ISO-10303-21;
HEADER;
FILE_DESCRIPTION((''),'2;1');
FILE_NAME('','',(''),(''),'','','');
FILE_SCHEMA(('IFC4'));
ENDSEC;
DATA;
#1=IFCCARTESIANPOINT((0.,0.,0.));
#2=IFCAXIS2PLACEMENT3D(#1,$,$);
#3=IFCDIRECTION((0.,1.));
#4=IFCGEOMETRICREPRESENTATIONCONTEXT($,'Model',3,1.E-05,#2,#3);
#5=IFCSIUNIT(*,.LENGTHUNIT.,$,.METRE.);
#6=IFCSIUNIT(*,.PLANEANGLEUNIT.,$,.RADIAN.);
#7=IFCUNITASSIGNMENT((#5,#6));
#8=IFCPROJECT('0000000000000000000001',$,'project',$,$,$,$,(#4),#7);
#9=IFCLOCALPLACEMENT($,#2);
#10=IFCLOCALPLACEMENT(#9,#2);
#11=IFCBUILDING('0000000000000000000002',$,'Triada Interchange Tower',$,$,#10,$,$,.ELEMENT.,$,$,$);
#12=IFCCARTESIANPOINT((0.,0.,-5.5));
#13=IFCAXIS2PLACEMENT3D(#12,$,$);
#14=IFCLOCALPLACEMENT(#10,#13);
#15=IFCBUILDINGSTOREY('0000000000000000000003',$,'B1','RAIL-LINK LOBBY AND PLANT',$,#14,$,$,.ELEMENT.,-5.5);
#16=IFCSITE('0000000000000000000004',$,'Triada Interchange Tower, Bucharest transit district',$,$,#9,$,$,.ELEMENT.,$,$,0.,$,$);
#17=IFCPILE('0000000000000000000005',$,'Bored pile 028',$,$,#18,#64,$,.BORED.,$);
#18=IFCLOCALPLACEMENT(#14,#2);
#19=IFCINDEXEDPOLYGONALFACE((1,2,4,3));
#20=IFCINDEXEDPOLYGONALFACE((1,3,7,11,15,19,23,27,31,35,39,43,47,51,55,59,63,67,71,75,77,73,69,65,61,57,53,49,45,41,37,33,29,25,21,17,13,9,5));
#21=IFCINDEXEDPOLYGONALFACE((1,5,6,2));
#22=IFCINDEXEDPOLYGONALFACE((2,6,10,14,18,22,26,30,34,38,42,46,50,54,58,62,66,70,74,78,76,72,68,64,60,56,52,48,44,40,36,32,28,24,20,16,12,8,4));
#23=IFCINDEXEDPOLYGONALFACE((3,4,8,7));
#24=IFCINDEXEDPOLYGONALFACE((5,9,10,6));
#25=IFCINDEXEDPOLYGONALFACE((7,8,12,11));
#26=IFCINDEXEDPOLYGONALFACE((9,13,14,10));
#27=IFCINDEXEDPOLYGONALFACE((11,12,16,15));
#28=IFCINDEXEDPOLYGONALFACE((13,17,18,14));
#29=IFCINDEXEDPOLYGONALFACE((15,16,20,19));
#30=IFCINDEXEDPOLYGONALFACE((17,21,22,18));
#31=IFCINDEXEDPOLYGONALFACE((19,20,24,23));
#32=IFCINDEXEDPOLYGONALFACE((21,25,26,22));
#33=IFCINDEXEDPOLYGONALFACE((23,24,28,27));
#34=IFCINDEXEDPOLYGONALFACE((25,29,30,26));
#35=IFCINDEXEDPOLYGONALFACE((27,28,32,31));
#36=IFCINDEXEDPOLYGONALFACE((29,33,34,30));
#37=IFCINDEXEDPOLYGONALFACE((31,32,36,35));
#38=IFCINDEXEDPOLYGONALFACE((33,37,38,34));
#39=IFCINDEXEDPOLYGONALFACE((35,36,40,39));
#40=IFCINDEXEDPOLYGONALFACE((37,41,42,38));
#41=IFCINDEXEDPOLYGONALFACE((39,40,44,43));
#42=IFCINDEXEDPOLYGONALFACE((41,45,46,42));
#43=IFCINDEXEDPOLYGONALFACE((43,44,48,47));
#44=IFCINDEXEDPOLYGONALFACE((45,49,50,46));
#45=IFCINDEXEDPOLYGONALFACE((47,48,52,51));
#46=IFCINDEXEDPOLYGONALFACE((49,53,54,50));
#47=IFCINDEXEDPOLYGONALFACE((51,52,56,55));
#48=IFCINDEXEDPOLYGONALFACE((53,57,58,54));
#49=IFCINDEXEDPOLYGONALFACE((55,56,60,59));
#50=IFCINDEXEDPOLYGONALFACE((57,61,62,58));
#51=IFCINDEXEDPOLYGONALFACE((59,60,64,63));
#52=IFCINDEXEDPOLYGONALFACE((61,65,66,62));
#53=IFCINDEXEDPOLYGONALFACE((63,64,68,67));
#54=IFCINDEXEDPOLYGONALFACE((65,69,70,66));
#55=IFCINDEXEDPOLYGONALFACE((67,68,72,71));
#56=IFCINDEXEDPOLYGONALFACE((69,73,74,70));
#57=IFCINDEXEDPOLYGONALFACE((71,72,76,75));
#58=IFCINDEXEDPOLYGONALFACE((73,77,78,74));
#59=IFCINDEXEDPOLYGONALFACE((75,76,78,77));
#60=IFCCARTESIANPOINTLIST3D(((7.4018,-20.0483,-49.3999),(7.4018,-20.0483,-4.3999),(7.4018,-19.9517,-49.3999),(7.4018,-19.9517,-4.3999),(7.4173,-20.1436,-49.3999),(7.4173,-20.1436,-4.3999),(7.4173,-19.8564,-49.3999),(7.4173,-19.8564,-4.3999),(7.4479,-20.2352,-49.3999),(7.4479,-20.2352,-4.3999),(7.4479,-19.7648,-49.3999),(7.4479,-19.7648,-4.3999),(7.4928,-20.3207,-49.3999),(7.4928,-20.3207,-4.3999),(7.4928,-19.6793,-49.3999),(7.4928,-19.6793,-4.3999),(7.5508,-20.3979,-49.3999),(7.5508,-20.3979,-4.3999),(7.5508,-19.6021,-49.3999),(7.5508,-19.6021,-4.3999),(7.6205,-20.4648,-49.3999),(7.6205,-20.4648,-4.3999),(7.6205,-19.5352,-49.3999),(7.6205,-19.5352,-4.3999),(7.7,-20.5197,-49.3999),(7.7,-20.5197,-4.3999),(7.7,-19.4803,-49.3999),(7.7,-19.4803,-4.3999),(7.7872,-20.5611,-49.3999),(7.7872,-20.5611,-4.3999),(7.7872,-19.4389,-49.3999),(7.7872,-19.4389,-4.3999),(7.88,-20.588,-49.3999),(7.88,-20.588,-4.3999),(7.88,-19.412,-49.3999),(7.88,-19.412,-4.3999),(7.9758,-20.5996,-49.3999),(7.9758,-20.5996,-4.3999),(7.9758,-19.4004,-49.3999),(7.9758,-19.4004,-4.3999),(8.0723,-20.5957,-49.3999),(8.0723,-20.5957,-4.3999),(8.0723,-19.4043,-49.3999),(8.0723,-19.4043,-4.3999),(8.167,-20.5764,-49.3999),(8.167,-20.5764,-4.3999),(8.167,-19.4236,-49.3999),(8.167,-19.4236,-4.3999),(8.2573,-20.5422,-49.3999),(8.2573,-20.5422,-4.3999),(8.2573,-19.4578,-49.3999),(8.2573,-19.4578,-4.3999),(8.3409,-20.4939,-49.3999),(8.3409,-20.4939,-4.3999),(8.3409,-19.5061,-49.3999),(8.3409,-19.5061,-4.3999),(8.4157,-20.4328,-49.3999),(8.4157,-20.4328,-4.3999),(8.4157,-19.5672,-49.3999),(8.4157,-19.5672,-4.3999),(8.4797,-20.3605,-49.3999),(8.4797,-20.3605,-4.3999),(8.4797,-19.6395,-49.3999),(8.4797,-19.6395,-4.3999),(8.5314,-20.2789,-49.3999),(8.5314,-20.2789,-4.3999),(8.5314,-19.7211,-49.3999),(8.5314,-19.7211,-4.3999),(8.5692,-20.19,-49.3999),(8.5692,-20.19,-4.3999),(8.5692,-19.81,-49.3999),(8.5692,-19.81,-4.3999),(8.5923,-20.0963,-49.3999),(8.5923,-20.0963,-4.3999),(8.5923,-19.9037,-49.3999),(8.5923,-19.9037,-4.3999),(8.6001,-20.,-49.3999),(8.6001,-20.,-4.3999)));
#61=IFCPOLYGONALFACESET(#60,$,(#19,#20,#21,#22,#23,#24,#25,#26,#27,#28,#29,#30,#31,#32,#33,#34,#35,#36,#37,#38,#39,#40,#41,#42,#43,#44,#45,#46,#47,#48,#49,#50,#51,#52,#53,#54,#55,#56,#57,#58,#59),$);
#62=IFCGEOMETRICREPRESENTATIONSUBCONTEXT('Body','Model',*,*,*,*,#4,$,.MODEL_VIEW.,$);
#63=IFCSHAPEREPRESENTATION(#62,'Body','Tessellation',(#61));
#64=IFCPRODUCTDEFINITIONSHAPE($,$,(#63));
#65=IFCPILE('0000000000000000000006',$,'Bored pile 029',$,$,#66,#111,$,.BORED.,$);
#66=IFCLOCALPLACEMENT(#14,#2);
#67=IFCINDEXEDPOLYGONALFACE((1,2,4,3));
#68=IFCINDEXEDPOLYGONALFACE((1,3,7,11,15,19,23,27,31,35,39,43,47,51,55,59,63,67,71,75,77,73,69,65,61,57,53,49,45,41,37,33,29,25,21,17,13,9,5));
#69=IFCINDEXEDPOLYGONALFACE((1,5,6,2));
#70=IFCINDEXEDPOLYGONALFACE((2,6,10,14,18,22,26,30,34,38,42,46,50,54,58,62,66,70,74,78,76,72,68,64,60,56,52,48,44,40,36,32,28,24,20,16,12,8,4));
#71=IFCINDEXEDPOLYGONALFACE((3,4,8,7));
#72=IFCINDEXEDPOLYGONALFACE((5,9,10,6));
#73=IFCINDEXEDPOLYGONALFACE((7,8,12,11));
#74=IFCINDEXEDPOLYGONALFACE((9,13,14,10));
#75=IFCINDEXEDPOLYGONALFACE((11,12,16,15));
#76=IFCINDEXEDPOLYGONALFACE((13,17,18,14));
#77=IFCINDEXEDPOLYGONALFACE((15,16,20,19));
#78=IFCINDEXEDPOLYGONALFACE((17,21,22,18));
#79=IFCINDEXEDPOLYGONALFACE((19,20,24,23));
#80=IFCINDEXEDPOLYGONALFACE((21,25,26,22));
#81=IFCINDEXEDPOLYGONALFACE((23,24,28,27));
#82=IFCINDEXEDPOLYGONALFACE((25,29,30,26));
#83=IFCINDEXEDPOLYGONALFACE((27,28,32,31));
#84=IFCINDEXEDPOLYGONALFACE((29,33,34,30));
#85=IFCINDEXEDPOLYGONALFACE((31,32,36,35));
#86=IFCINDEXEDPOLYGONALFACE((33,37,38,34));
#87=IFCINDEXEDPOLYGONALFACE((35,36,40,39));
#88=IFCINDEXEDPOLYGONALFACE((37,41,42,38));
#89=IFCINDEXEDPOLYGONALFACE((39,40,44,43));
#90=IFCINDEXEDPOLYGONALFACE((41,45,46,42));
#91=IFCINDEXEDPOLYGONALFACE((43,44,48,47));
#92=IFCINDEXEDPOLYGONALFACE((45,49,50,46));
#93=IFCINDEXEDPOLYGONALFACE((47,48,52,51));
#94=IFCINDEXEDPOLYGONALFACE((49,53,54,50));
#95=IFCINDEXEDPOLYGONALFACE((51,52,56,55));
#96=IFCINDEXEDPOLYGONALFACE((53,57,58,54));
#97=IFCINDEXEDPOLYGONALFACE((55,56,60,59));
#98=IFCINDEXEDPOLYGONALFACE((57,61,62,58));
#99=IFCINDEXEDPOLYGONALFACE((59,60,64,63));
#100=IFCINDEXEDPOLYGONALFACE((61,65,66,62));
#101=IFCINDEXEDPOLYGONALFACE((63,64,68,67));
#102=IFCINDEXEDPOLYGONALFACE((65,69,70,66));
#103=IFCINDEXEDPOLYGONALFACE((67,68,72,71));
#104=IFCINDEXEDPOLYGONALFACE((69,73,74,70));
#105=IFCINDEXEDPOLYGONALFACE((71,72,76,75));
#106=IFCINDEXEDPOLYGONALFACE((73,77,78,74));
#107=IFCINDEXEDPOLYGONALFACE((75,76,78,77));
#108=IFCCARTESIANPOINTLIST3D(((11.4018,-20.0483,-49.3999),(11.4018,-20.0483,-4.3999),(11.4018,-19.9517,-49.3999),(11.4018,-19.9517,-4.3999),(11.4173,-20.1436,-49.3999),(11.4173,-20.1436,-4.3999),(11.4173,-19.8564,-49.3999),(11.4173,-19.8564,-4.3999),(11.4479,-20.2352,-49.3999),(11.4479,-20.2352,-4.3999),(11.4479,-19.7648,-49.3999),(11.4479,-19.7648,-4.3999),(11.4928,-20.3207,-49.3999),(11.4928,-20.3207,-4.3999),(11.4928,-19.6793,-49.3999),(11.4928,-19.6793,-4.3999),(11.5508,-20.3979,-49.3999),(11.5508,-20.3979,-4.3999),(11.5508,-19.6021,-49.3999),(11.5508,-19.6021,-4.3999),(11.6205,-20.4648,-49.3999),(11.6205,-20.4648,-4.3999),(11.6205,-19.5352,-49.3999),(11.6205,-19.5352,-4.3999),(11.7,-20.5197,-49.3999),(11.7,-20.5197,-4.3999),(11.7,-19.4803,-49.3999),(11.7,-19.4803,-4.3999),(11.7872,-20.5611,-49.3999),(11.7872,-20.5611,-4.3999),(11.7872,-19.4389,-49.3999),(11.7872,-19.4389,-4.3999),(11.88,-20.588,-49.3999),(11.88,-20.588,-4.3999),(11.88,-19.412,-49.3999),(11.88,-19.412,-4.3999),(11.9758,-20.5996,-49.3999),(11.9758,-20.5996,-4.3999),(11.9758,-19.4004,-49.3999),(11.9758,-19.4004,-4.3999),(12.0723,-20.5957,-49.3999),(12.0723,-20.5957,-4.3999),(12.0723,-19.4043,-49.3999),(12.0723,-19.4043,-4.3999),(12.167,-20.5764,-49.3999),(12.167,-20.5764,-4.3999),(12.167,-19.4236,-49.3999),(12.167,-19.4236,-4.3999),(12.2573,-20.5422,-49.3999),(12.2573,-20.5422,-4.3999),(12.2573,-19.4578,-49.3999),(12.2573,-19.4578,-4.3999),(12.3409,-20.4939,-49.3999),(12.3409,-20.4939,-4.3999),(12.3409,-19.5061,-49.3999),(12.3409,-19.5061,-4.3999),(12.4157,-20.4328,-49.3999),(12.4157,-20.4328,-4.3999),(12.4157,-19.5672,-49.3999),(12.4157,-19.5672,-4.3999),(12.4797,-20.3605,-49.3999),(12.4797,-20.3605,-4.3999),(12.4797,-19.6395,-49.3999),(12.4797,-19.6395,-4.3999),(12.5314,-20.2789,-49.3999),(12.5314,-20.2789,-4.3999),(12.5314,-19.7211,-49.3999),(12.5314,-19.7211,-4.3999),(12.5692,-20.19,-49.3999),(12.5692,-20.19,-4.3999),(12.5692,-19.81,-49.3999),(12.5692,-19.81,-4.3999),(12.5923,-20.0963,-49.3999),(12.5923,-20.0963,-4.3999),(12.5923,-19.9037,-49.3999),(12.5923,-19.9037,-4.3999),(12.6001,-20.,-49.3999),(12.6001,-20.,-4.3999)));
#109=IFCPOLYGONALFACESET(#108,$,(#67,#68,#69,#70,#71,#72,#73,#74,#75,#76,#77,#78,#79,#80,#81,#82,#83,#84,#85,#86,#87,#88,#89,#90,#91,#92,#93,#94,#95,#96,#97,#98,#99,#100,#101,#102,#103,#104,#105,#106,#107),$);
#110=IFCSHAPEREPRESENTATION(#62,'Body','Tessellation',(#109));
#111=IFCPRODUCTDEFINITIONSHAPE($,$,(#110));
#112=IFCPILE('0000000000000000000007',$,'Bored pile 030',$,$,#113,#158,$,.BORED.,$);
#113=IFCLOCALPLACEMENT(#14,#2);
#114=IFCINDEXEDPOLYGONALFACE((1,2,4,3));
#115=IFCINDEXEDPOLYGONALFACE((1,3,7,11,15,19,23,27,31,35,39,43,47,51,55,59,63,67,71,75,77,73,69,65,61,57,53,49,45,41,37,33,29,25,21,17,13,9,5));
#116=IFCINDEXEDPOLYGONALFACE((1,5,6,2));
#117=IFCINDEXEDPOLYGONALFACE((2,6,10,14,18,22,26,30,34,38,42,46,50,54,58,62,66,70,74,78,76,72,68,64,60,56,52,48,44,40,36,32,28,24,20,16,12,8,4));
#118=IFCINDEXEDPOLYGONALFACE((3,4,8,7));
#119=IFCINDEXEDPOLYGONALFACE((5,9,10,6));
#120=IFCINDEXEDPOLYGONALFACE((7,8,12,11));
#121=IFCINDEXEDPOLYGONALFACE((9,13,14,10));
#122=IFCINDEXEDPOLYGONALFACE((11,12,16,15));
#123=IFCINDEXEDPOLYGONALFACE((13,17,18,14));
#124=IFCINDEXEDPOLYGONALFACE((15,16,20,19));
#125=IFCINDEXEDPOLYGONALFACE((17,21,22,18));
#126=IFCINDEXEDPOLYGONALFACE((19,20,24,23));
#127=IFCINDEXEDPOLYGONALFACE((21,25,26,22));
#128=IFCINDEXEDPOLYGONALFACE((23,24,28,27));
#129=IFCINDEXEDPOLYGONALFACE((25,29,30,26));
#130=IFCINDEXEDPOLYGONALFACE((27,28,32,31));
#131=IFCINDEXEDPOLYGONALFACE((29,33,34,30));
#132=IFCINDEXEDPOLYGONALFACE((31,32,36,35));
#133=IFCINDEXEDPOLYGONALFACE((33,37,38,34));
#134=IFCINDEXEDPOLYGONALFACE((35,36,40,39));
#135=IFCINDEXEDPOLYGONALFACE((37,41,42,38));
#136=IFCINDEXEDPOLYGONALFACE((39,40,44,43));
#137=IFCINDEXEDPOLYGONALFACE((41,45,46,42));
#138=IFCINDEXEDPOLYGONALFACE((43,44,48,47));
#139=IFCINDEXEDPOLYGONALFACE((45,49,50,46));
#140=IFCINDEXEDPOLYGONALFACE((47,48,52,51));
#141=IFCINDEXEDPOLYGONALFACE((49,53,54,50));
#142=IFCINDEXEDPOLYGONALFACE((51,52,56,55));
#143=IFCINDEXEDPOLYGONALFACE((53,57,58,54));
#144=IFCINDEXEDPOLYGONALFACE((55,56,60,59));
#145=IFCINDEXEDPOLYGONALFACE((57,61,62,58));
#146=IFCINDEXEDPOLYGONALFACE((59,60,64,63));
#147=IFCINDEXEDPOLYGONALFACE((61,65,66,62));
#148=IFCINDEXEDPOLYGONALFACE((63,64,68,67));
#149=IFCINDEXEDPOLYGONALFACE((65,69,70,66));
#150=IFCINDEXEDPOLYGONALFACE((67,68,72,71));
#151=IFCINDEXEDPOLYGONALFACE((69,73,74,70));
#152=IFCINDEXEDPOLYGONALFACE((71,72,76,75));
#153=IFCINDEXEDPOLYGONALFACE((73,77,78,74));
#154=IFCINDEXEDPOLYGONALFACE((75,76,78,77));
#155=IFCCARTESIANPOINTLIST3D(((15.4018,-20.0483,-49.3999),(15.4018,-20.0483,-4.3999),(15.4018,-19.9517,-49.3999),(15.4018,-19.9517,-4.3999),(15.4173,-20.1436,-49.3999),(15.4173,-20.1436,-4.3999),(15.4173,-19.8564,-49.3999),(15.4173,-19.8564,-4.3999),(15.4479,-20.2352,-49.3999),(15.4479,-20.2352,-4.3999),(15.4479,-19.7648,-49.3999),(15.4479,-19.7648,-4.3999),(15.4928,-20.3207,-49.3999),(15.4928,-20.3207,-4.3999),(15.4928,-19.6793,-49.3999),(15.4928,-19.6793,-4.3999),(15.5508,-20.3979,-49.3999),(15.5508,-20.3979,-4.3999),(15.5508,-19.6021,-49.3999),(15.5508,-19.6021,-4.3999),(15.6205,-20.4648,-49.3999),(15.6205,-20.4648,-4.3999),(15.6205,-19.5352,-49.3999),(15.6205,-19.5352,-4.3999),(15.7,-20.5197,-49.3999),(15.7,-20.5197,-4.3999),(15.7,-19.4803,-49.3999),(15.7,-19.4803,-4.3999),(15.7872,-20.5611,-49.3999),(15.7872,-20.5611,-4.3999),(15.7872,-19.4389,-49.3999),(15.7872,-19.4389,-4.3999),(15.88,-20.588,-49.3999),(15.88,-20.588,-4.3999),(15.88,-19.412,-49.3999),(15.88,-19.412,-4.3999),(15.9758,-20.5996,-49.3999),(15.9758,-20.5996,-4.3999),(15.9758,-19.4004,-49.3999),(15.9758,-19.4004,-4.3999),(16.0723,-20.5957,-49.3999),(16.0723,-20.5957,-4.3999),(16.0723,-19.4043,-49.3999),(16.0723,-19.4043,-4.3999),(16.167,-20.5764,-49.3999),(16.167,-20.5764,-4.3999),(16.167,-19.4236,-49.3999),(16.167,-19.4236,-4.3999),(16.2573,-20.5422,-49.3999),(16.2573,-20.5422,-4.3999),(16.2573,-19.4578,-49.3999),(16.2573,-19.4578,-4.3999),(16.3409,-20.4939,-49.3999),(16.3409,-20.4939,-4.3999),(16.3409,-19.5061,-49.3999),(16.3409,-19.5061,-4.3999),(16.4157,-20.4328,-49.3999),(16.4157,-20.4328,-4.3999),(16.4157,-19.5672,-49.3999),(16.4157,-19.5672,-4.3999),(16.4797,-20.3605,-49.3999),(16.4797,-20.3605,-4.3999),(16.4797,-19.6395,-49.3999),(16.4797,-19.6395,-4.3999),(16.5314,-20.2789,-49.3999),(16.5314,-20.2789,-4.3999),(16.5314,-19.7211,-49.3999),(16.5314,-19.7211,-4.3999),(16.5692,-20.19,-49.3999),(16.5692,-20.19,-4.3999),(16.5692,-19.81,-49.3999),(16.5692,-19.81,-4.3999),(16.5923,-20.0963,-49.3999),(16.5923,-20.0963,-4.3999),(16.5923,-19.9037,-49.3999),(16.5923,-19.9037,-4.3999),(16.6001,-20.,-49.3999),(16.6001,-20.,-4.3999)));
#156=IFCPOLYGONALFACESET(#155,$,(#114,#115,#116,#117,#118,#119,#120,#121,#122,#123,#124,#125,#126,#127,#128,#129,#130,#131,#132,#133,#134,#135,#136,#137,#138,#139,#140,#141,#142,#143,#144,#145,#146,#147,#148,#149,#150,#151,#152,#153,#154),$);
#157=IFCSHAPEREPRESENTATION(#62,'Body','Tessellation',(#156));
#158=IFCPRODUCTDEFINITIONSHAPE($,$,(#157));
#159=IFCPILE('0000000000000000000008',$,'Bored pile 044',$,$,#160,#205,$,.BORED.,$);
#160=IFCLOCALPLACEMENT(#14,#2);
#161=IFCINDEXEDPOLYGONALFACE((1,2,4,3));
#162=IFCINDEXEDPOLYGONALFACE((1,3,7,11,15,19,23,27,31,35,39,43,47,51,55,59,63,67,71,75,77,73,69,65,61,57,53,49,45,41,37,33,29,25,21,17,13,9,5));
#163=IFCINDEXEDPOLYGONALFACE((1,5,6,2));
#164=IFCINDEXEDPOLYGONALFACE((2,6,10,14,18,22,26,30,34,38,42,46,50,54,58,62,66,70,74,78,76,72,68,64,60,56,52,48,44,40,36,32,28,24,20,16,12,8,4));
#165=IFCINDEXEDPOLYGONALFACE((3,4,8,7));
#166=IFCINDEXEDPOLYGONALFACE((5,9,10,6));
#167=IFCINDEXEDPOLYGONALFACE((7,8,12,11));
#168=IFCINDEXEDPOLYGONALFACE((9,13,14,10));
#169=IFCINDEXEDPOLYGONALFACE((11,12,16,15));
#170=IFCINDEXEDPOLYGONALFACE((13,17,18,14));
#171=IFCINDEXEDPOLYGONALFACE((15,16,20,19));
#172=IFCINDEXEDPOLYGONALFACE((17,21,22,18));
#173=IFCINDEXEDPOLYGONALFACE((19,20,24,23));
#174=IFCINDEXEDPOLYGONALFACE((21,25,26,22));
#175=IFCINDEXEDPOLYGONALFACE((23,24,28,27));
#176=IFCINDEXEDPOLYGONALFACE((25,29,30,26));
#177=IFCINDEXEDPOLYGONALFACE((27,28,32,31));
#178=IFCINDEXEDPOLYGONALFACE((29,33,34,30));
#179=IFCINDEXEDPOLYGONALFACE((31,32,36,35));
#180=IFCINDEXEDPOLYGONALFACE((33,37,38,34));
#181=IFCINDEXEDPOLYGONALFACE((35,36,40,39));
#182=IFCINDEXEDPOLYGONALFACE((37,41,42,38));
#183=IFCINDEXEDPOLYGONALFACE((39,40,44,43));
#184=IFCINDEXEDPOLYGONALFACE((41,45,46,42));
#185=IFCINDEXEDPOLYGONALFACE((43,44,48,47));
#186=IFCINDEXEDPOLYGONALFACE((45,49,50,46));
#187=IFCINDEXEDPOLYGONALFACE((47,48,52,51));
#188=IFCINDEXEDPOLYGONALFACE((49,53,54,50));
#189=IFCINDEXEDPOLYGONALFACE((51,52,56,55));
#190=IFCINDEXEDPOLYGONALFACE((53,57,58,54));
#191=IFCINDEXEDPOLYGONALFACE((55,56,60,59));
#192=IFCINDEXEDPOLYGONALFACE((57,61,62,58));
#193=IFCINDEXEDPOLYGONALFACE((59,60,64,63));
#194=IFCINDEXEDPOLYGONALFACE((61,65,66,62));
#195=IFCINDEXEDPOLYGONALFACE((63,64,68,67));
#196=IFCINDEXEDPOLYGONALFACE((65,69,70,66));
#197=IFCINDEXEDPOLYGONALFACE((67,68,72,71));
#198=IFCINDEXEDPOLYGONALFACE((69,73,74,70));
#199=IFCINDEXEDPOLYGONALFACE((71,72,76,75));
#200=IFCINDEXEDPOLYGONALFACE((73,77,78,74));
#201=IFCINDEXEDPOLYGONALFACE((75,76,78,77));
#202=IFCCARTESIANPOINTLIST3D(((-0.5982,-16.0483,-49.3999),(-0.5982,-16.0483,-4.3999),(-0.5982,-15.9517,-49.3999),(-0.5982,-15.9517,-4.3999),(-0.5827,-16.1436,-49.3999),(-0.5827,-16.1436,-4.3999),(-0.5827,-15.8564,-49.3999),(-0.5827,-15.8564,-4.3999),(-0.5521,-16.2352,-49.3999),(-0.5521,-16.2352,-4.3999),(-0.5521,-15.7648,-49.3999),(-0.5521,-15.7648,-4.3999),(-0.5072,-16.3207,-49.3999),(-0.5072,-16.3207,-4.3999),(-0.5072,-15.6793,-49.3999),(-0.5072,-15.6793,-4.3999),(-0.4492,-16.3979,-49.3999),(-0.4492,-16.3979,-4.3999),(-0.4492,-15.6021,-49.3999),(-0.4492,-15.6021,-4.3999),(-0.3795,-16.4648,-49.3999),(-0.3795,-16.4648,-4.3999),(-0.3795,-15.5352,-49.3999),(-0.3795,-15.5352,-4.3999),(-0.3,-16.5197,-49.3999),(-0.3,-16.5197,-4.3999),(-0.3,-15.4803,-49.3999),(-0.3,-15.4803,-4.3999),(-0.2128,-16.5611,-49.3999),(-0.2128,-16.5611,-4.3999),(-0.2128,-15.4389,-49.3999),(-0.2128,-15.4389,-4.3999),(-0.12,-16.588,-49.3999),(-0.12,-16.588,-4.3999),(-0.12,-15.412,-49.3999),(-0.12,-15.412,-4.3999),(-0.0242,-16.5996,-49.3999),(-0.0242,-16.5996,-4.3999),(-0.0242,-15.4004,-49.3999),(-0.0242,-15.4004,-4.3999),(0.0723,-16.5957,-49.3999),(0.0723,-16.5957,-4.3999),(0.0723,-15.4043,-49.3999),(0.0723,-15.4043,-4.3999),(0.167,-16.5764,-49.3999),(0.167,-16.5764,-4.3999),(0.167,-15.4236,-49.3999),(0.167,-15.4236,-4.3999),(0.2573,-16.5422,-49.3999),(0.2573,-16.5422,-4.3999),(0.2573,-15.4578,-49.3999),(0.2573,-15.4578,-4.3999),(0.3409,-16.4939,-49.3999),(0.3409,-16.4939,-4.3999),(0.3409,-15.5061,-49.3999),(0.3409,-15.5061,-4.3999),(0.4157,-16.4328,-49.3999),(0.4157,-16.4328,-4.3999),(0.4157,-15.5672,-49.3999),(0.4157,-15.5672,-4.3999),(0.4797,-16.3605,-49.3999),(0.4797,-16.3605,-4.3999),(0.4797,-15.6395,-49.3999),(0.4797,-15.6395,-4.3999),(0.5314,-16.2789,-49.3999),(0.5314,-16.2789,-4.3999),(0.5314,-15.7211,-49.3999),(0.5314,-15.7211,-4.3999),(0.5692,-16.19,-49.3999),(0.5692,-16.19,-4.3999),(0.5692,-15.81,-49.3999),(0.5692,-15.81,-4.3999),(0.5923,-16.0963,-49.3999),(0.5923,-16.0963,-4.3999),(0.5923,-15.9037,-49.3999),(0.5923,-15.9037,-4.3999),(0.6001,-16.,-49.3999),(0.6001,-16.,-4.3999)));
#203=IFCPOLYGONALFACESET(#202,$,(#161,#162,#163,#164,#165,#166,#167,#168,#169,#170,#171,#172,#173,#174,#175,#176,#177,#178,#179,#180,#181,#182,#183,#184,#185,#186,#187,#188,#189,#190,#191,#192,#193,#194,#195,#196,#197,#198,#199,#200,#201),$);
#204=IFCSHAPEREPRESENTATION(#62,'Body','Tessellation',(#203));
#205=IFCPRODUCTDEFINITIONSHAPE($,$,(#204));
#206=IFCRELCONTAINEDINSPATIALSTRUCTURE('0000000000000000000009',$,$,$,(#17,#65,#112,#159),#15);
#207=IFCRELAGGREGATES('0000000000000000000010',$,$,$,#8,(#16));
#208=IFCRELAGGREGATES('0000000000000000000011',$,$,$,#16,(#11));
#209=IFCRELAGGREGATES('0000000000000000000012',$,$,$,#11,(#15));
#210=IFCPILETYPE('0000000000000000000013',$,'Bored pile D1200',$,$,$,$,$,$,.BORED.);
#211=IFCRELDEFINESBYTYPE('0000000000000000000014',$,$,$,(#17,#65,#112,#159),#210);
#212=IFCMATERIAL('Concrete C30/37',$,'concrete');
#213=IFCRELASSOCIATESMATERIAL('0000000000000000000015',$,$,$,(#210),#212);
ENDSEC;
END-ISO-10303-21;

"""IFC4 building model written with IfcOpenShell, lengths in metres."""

from ifc_helpers import new_model, si_unit, direction, frame, origin, origin_2d, place, context, subcontext, project, spatial, circle, extrude, material, material_profile, profile_set, type_object, element, save


model = new_model("IFC4")

# Units and contexts
model_context = context("Model", 3, precision=1e-05, world=origin(), true_north=direction((0.0, 1.0)))
body_context = subcontext(model_context, "Body", "Model", "MODEL_VIEW")
ifc_project = project(units=[si_unit("LENGTHUNIT", "METRE"), si_unit("PLANEANGLEUNIT", "RADIAN")], contexts=[model_context])

# Site, building, storey
site_placement = place(None, origin())
site = spatial("IfcSite", under=ifc_project, at=site_placement, Name="Triada Interchange Tower, Bucharest transit district", CompositionType="ELEMENT", RefElevation=0.0)
building_placement = place(site_placement, origin())
building = spatial("IfcBuilding", under=site, at=building_placement, Name="Triada Interchange Tower", CompositionType="ELEMENT")
storey_placement = place(building_placement, frame((0.0, 0.0, -5.5)))
storey = spatial("IfcBuildingStorey", under=building, at=storey_placement, Name="B1", Description="RAIL-LINK LOBBY AND PLANT", CompositionType="ELEMENT", Elevation=-5.5)

# Piles
ifc_material_1 = material(Name="Concrete C30/37", Category="concrete")
ifc_material_profile_1 = material_profile(ifc_material_1, circle(Radius=0.6001, at=origin_2d()), Name="RC D1200")
ifc_profile_set_1 = profile_set([ifc_material_profile_1], Name="Concrete C30/37")
pile_type = type_object("IfcPileType", Name="Bored pile D1200", PredefinedType="BORED", material=ifc_profile_set_1)
for number, where, z_axis, x_axis, name in (
    (1, (8.0, -20.0, -4.3999), (0.0, 0.0, -1.0), (1.0, 0.0, 0.0), "Bored pile 028"),
    (2, (12.0, -20.0, -4.3999), (0.0, 0.0, -1.0), (1.0, 0.0, 0.0), "Bored pile 029"),
    (3, (16.0, -20.0, -4.3999), (0.0, 0.0, -1.0), (1.0, 0.0, 0.0), "Bored pile 030"),
    (4, (0.0, -16.0, -4.3999), (0.0, 0.0, -1.0), (1.0, 0.0, 0.0), "Bored pile 044"),
):
    element("IfcPile", number, at=place(storey_placement, frame(where, z_axis=z_axis, x_axis=x_axis)), inside=storey, type_object=pile_type, Name=name, PredefinedType="BORED", context=body_context, shape_type="SweptSolid", body=[
        extrude(circle(Radius=0.6001, at=origin_2d()), origin(), (0.0, 0.0, 1.0), 45.0),
    ])

save(model, "model.ifc")
